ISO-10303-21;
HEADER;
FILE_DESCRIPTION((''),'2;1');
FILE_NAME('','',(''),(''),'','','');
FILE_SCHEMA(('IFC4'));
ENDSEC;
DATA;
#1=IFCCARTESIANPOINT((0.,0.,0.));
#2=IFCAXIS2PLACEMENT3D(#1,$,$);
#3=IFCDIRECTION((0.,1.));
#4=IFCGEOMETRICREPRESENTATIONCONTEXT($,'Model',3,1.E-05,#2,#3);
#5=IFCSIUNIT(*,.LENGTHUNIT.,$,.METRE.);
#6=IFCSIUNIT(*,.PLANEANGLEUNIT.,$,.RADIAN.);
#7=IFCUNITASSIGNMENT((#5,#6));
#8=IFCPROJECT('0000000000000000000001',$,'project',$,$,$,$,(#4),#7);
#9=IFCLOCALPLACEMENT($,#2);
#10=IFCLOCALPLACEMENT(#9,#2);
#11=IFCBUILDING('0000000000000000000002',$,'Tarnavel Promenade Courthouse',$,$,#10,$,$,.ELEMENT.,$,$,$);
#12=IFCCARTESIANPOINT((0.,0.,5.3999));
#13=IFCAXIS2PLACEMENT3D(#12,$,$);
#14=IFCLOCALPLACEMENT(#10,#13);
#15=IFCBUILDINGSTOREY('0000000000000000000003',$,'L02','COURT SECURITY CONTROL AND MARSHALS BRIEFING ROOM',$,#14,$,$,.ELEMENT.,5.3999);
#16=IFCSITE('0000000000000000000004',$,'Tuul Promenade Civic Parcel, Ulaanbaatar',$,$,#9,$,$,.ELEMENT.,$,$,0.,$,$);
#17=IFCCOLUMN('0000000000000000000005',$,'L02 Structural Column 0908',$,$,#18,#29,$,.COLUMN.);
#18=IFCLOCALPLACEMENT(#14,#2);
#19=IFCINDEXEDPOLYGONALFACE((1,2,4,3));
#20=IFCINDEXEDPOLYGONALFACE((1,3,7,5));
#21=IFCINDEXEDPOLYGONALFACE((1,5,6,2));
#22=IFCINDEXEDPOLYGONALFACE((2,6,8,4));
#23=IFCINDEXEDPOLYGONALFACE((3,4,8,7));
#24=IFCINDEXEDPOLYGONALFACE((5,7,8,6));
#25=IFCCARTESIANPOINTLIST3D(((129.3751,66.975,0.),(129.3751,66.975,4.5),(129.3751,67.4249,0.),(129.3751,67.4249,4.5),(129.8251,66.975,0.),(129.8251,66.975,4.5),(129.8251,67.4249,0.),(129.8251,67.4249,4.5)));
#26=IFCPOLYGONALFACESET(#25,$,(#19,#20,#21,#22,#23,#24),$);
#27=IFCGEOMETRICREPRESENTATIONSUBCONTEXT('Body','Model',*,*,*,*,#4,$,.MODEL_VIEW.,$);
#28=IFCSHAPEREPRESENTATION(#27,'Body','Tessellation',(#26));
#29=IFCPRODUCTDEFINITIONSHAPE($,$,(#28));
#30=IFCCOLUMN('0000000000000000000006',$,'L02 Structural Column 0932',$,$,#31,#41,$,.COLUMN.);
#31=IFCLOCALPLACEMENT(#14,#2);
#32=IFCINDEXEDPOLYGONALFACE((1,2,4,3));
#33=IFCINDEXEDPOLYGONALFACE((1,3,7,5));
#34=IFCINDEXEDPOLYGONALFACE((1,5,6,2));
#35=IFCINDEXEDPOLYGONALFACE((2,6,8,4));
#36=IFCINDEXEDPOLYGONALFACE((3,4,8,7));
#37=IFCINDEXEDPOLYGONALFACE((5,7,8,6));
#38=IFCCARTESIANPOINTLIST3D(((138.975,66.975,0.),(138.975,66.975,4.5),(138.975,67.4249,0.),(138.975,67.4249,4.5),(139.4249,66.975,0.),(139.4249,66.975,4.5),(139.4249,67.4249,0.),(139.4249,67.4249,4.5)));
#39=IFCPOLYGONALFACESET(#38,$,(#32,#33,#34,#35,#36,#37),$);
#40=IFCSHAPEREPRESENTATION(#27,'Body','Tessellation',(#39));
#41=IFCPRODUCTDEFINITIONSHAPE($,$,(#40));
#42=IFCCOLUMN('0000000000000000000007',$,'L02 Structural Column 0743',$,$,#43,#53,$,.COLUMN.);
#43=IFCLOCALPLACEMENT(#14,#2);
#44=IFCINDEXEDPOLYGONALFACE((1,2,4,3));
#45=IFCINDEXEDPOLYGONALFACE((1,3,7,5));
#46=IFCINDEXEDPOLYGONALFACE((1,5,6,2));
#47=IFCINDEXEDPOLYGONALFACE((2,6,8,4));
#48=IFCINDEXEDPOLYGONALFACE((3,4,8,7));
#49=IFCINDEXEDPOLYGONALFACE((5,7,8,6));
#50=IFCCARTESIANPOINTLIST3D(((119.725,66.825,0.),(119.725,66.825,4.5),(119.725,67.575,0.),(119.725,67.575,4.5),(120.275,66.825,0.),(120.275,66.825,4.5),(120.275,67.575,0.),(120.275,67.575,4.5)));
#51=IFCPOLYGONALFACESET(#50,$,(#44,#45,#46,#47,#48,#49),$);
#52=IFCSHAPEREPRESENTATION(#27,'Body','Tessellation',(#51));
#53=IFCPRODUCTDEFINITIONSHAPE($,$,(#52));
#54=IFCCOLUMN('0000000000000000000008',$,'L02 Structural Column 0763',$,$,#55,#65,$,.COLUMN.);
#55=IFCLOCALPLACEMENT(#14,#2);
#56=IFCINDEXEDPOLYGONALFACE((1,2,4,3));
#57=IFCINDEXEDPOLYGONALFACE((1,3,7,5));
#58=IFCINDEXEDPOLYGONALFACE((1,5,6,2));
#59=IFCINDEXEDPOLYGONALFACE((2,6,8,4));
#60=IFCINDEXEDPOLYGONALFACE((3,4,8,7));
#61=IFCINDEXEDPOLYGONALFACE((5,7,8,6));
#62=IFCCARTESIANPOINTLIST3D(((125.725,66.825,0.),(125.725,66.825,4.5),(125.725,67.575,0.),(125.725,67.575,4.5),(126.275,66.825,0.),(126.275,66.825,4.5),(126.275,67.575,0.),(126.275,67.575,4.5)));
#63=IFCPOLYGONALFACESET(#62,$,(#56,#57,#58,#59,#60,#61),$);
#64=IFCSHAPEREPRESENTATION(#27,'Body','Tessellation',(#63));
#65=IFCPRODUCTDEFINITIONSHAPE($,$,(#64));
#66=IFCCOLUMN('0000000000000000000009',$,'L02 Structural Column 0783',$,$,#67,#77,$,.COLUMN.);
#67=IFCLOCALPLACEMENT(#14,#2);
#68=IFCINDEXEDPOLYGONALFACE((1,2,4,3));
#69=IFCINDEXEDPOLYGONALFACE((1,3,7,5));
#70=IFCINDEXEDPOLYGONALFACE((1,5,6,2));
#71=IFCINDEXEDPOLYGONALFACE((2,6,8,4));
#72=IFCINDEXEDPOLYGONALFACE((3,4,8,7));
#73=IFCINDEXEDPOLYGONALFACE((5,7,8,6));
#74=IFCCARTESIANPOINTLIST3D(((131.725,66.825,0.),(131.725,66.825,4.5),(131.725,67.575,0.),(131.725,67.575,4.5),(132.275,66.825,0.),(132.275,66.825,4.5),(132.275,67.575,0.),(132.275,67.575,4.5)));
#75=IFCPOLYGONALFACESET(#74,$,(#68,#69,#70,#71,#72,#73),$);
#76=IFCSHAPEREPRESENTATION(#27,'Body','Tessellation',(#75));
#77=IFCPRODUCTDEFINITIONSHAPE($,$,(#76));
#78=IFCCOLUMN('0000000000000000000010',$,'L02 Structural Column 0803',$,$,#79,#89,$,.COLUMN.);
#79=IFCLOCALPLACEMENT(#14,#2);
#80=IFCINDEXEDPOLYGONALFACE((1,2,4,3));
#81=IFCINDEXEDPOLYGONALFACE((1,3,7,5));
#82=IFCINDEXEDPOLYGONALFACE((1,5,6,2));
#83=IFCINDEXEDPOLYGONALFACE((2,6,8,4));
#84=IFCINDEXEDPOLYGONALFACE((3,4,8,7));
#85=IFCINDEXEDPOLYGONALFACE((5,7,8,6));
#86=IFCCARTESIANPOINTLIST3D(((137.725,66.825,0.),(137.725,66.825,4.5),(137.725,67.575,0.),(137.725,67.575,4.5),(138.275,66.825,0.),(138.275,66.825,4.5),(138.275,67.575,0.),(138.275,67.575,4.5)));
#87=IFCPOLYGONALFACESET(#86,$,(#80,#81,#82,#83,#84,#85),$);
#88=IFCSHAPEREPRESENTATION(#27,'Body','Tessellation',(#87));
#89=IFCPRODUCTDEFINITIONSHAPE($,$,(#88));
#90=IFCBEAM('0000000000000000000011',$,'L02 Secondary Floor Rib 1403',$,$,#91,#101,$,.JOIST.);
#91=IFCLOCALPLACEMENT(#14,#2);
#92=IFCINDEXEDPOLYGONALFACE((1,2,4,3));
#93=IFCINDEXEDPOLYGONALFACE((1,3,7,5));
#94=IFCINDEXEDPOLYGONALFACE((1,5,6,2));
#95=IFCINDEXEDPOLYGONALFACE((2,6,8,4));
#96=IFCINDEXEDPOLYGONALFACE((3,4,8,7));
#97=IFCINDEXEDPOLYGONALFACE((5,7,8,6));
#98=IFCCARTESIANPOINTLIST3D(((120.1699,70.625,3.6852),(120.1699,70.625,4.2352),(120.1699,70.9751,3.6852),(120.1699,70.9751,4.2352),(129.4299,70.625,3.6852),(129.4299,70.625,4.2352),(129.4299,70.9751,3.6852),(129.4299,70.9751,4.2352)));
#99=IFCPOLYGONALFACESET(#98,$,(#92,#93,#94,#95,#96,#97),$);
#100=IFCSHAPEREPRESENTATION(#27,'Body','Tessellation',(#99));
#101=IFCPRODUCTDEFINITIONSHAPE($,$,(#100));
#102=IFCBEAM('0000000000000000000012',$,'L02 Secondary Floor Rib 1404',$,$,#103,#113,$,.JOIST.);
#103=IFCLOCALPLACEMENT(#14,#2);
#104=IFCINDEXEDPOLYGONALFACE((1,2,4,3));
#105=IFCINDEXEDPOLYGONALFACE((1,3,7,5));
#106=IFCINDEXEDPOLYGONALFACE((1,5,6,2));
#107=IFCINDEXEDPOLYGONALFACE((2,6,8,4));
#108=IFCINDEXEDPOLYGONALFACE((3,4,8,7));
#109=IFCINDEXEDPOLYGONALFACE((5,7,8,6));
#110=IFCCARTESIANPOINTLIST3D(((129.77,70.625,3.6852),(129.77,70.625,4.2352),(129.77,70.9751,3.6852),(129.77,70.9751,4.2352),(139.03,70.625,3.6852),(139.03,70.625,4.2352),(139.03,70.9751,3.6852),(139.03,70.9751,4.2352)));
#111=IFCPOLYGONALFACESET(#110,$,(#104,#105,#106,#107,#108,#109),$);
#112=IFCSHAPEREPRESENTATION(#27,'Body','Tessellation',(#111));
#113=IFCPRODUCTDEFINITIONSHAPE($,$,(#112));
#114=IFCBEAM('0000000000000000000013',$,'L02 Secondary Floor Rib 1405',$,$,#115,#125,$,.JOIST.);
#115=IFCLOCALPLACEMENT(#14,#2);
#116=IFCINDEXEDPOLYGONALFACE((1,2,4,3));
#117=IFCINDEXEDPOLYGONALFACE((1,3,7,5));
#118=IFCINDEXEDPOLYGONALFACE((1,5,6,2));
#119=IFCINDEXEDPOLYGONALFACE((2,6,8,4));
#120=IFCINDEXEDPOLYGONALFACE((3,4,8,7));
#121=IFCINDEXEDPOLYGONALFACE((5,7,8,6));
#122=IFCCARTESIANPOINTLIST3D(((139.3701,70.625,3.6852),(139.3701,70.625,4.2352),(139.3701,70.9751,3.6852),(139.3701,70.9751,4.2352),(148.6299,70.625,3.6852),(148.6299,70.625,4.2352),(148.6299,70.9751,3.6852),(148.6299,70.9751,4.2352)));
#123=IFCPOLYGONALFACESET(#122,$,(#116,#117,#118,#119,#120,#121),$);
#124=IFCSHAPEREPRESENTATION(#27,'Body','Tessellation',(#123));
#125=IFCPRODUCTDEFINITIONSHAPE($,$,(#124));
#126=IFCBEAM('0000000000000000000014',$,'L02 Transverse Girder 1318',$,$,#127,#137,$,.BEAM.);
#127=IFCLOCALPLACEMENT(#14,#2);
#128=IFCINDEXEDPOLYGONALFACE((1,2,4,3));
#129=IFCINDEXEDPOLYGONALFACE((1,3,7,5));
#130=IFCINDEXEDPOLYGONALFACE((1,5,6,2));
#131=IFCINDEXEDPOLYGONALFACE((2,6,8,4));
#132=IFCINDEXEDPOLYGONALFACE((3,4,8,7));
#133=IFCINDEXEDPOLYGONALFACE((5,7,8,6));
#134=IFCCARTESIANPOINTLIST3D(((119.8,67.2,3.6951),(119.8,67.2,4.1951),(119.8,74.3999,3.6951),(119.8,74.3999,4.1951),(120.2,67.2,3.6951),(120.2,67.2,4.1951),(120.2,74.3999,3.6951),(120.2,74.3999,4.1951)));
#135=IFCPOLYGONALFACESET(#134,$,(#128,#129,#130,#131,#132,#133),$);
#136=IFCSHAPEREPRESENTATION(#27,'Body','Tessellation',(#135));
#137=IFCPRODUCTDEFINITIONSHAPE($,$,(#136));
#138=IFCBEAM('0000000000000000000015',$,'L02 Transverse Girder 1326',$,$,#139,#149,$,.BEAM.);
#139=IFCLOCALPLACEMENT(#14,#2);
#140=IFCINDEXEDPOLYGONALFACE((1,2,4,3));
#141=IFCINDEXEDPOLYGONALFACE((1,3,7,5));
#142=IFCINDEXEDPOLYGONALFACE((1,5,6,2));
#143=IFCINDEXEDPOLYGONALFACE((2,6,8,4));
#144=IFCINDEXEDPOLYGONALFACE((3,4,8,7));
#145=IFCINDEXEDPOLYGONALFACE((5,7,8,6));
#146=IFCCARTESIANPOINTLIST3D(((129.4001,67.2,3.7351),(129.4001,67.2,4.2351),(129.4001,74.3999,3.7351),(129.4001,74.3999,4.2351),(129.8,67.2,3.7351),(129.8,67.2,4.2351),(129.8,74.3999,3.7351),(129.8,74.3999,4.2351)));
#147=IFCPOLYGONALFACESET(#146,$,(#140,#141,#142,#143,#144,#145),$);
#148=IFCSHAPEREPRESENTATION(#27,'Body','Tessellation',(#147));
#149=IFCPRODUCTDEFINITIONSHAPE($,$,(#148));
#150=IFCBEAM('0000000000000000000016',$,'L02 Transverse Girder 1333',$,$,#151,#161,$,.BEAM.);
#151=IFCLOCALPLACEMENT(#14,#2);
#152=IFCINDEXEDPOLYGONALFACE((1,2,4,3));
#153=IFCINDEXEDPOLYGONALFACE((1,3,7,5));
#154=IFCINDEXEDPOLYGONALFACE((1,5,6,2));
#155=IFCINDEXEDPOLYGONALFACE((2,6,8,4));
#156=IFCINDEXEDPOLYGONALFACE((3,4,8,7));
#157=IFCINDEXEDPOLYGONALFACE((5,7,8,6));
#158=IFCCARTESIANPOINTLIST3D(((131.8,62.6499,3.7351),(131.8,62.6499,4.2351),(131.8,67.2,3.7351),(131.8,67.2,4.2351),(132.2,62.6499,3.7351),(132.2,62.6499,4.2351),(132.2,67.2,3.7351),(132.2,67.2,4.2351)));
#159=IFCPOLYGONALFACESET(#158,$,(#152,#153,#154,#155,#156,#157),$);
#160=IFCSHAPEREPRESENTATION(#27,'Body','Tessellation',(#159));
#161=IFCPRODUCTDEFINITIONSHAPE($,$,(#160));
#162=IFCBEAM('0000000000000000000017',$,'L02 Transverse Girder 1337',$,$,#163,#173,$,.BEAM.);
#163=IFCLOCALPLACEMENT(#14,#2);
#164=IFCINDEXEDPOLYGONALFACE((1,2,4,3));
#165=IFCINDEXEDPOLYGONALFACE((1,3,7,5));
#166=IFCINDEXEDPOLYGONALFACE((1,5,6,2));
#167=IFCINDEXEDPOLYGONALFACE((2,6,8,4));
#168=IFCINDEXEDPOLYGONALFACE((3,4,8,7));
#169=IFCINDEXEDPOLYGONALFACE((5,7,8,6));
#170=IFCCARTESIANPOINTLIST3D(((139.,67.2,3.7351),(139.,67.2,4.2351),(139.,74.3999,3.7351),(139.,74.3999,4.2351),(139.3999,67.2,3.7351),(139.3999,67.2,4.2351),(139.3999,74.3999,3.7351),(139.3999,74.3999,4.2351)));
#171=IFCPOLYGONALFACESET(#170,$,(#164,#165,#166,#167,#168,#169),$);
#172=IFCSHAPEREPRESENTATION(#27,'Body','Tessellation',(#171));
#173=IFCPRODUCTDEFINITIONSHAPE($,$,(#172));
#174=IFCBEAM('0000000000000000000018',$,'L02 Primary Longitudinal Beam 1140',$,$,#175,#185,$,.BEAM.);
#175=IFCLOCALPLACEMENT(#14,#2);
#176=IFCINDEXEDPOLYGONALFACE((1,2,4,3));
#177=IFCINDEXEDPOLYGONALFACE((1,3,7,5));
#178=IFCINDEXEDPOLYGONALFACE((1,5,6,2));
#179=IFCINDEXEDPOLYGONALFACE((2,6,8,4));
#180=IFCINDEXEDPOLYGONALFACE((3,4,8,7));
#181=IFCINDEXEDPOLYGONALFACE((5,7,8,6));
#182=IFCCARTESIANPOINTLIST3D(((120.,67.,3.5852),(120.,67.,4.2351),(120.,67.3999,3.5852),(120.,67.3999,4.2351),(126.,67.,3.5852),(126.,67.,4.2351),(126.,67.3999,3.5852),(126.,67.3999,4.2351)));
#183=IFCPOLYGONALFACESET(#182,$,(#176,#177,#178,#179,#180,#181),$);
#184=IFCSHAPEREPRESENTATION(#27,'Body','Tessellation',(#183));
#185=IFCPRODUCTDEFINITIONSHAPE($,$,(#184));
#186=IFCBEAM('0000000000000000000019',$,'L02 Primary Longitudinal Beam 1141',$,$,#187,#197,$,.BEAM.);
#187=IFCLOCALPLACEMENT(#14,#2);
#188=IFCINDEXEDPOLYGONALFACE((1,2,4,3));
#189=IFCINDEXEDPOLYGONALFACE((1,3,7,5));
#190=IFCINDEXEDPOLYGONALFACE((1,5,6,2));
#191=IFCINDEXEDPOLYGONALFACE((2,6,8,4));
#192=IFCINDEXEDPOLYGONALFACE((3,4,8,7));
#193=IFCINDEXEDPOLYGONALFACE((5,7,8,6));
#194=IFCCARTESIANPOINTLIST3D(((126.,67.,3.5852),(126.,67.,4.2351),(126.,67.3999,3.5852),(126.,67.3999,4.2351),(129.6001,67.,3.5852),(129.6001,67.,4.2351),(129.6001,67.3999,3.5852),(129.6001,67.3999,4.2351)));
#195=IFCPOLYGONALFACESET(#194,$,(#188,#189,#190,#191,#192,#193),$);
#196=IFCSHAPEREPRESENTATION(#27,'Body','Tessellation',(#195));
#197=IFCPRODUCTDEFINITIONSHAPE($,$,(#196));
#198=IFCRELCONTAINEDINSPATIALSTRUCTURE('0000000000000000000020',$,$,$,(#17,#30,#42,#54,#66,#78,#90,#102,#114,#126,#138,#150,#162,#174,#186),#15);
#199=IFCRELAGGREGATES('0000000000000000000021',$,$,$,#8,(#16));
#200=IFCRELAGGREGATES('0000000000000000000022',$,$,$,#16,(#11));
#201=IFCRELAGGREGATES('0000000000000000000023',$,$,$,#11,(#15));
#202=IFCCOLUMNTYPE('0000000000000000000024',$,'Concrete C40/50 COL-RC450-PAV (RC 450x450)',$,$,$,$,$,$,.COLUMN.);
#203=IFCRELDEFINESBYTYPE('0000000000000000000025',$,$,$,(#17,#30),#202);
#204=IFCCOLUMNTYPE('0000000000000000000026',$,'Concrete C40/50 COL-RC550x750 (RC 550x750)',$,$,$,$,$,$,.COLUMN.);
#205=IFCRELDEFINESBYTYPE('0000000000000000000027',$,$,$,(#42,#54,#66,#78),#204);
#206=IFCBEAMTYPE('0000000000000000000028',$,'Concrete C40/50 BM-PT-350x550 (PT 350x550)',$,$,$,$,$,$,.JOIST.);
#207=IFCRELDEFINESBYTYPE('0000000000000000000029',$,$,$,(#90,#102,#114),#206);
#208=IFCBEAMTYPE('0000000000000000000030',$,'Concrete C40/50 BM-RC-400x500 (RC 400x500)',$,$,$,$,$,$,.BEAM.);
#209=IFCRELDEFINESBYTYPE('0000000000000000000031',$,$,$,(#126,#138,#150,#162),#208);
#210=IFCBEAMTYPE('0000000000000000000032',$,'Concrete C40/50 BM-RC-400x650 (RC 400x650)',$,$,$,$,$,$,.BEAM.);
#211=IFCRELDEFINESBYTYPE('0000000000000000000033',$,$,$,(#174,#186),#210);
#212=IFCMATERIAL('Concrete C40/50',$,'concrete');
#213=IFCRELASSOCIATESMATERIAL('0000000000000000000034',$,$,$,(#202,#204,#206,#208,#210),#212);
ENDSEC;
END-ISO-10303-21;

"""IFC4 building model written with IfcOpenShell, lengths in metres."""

from ifc_helpers import new_model, si_unit, direction, frame, origin, origin_2d, place, context, subcontext, project, spatial, rectangle, extrude, material, material_profile, profile_set, type_object, element, save


model = new_model("IFC4")

# Units and contexts
model_context = context("Model", 3, precision=1e-05, world=origin(), true_north=direction((0.0, 1.0)))
body_context = subcontext(model_context, "Body", "Model", "MODEL_VIEW")
ifc_project = project(units=[si_unit("LENGTHUNIT", "METRE"), si_unit("PLANEANGLEUNIT", "RADIAN")], contexts=[model_context])

# Site, building, storey
site_placement = place(None, origin())
site = spatial("IfcSite", under=ifc_project, at=site_placement, Name="Tuul Promenade Civic Parcel, Ulaanbaatar", CompositionType="ELEMENT", RefElevation=0.0)
building_placement = place(site_placement, origin())
building = spatial("IfcBuilding", under=site, at=building_placement, Name="Tarnavel Promenade Courthouse", CompositionType="ELEMENT")
storey_placement = place(building_placement, frame((0.0, 0.0, 5.3999)))
storey = spatial("IfcBuildingStorey", under=building, at=storey_placement, Name="L02", Description="COURT SECURITY CONTROL AND MARSHALS BRIEFING ROOM", CompositionType="ELEMENT", Elevation=5.3999)

# Columns
ifc_material_1 = material(Name="Concrete C40/50", Category="concrete")
ifc_material_profile_1 = material_profile(ifc_material_1, rectangle(XDim=0.45, YDim=0.45, at=origin_2d()), Name="RC 450x450")
ifc_profile_set_1 = profile_set([ifc_material_profile_1], Name="Concrete C40/50")
column_type_1 = type_object("IfcColumnType", Name="Concrete C40/50 COL-RC450-PAV (RC 450x450)", PredefinedType="COLUMN", material=ifc_profile_set_1)
for number, where, z_axis, x_axis, name in (
    (1, (129.6001, 67.2, 0.0), (0.0, 0.0, 1.0), (1.0, 0.0, 0.0), "L02 Structural Column 0908"),
    (2, (139.2, 67.2, 0.0), (0.0, 0.0, 1.0), (1.0, 0.0, 0.0), "L02 Structural Column 0932"),
):
    element("IfcColumn", number, at=place(storey_placement, frame(where, z_axis=z_axis, x_axis=x_axis)), inside=storey, type_object=column_type_1, Name=name, PredefinedType="COLUMN", context=body_context, shape_type="SweptSolid", body=[
        extrude(rectangle(XDim=0.45, YDim=0.45, at=origin_2d()), origin(), (0.0, 0.0, 1.0), 4.5),
    ])
ifc_material_profile_2 = material_profile(ifc_material_1, rectangle(XDim=0.55, YDim=0.75, at=origin_2d()), Name="RC 550x750")
ifc_profile_set_2 = profile_set([ifc_material_profile_2], Name="Concrete C40/50")
column_type_2 = type_object("IfcColumnType", Name="Concrete C40/50 COL-RC550x750 (RC 550x750)", PredefinedType="COLUMN", material=ifc_profile_set_2)
for number, where, z_axis, x_axis, name in (
    (3, (120.0, 67.2, 0.0), (0.0, 0.0, 1.0), (1.0, 0.0, 0.0), "L02 Structural Column 0743"),
    (4, (126.0, 67.2, 0.0), (0.0, 0.0, 1.0), (1.0, 0.0, 0.0), "L02 Structural Column 0763"),
    (5, (132.0, 67.2, 0.0), (0.0, 0.0, 1.0), (1.0, 0.0, 0.0), "L02 Structural Column 0783"),
    (6, (138.0, 67.2, 0.0), (0.0, 0.0, 1.0), (1.0, 0.0, 0.0), "L02 Structural Column 0803"),
):
    element("IfcColumn", number, at=place(storey_placement, frame(where, z_axis=z_axis, x_axis=x_axis)), inside=storey, type_object=column_type_2, Name=name, PredefinedType="COLUMN", context=body_context, shape_type="SweptSolid", body=[
        extrude(rectangle(XDim=0.55, YDim=0.75, at=origin_2d()), origin(), (0.0, 0.0, 1.0), 4.5),
    ])

# Beams
ifc_material_profile_3 = material_profile(ifc_material_1, rectangle(XDim=0.3501, YDim=0.55, at=origin_2d()), Name="PT 350x550")
ifc_profile_set_3 = profile_set([ifc_material_profile_3], Name="Concrete C40/50")
beam_type_1 = type_object("IfcBeamType", Name="Concrete C40/50 BM-PT-350x550 (PT 350x550)", PredefinedType="JOIST", material=ifc_profile_set_3)
for number, where, z_axis, x_axis, name in (
    (7, (120.1699, 70.8, 3.9602), (1.0, 0.0, 0.0), (0.0, 1.0, 0.0), "L02 Secondary Floor Rib 1403"),
    (8, (129.77, 70.8, 3.9602), (1.0, 0.0, 0.0), (0.0, 1.0, 0.0), "L02 Secondary Floor Rib 1404"),
):
    element("IfcBeam", number, at=place(storey_placement, frame(where, z_axis=z_axis, x_axis=x_axis)), inside=storey, type_object=beam_type_1, Name=name, PredefinedType="JOIST", context=body_context, shape_type="SweptSolid", body=[
        extrude(rectangle(XDim=0.3501, YDim=0.55, at=origin_2d()), origin(), (0.0, 0.0, 1.0), 9.26),
    ])
beam_1_placement = place(storey_placement, frame((139.3701, 70.8, 3.9602), z_axis=(1.0, 0.0, 0.0), x_axis=(0.0, 1.0, 0.0)))
element("IfcBeam", 9, at=beam_1_placement, inside=storey, type_object=beam_type_1, Name="L02 Secondary Floor Rib 1405", PredefinedType="JOIST", context=body_context, shape_type="SweptSolid", body=[
    extrude(rectangle(XDim=0.3501, YDim=0.55, at=origin_2d()), origin(), (0.0, 0.0, 1.0), 9.2598),
])
ifc_material_profile_4 = material_profile(ifc_material_1, rectangle(XDim=0.3999, YDim=0.5, at=origin_2d()), Name="RC 400x500")
ifc_profile_set_4 = profile_set([ifc_material_profile_4], Name="Concrete C40/50")
beam_type_2 = type_object("IfcBeamType", Name="Concrete C40/50 BM-RC-400x500 (RC 400x500)", PredefinedType="BEAM", material=ifc_profile_set_4)
for number, where, z_axis, x_axis, name in (
    (10, (120.0, 67.2, 3.9451), (0.0, 1.0, 0.0), (-1.0, 0.0, 0.0), "L02 Transverse Girder 1318"),
    (11, (129.6001, 67.2, 3.9851), (0.0, 1.0, 0.0), (-1.0, 0.0, 0.0), "L02 Transverse Girder 1326"),
):
    element("IfcBeam", number, at=place(storey_placement, frame(where, z_axis=z_axis, x_axis=x_axis)), inside=storey, type_object=beam_type_2, Name=name, PredefinedType="BEAM", context=body_context, shape_type="SweptSolid", body=[
        extrude(rectangle(XDim=0.3999, YDim=0.5, at=origin_2d()), origin(), (0.0, 0.0, 1.0), 7.2),
    ])
beam_2_placement = place(storey_placement, frame((132.0, 62.6499, 3.9851), z_axis=(0.0, 1.0, 0.0), x_axis=(-1.0, 0.0, 0.0)))
element("IfcBeam", 12, at=beam_2_placement, inside=storey, type_object=beam_type_2, Name="L02 Transverse Girder 1333", PredefinedType="BEAM", context=body_context, shape_type="SweptSolid", body=[
    extrude(rectangle(XDim=0.3999, YDim=0.5, at=origin_2d()), origin(), (0.0, 0.0, 1.0), 4.55),
])
beam_3_placement = place(storey_placement, frame((139.2, 67.2, 3.9851), z_axis=(0.0, 1.0, 0.0), x_axis=(-1.0, 0.0, 0.0)))
element("IfcBeam", 13, at=beam_3_placement, inside=storey, type_object=beam_type_2, Name="L02 Transverse Girder 1337", PredefinedType="BEAM", context=body_context, shape_type="SweptSolid", body=[
    extrude(rectangle(XDim=0.3999, YDim=0.5, at=origin_2d()), origin(), (0.0, 0.0, 1.0), 7.2),
])
ifc_material_profile_5 = material_profile(ifc_material_1, rectangle(XDim=0.3999, YDim=0.6499, at=origin_2d()), Name="RC 400x650")
ifc_profile_set_5 = profile_set([ifc_material_profile_5], Name="Concrete C40/50")
beam_type_3 = type_object("IfcBeamType", Name="Concrete C40/50 BM-RC-400x650 (RC 400x650)", PredefinedType="BEAM", material=ifc_profile_set_5)
beam_4_placement = place(storey_placement, frame((120.0, 67.2, 3.9102), z_axis=(1.0, 0.0, 0.0), x_axis=(0.0, 1.0, 0.0)))
element("IfcBeam", 14, at=beam_4_placement, inside=storey, type_object=beam_type_3, Name="L02 Primary Longitudinal Beam 1140", PredefinedType="BEAM", context=body_context, shape_type="SweptSolid", body=[
    extrude(rectangle(XDim=0.3999, YDim=0.6499, at=origin_2d()), origin(), (0.0, 0.0, 1.0), 6.0),
])
beam_5_placement = place(storey_placement, frame((126.0, 67.2, 3.9102), z_axis=(1.0, 0.0, 0.0), x_axis=(0.0, 1.0, 0.0)))
element("IfcBeam", 15, at=beam_5_placement, inside=storey, type_object=beam_type_3, Name="L02 Primary Longitudinal Beam 1141", PredefinedType="BEAM", context=body_context, shape_type="SweptSolid", body=[
    extrude(rectangle(XDim=0.3999, YDim=0.6499, at=origin_2d()), origin(), (0.0, 0.0, 1.0), 3.6001),
])

save(model, "model.ifc")
